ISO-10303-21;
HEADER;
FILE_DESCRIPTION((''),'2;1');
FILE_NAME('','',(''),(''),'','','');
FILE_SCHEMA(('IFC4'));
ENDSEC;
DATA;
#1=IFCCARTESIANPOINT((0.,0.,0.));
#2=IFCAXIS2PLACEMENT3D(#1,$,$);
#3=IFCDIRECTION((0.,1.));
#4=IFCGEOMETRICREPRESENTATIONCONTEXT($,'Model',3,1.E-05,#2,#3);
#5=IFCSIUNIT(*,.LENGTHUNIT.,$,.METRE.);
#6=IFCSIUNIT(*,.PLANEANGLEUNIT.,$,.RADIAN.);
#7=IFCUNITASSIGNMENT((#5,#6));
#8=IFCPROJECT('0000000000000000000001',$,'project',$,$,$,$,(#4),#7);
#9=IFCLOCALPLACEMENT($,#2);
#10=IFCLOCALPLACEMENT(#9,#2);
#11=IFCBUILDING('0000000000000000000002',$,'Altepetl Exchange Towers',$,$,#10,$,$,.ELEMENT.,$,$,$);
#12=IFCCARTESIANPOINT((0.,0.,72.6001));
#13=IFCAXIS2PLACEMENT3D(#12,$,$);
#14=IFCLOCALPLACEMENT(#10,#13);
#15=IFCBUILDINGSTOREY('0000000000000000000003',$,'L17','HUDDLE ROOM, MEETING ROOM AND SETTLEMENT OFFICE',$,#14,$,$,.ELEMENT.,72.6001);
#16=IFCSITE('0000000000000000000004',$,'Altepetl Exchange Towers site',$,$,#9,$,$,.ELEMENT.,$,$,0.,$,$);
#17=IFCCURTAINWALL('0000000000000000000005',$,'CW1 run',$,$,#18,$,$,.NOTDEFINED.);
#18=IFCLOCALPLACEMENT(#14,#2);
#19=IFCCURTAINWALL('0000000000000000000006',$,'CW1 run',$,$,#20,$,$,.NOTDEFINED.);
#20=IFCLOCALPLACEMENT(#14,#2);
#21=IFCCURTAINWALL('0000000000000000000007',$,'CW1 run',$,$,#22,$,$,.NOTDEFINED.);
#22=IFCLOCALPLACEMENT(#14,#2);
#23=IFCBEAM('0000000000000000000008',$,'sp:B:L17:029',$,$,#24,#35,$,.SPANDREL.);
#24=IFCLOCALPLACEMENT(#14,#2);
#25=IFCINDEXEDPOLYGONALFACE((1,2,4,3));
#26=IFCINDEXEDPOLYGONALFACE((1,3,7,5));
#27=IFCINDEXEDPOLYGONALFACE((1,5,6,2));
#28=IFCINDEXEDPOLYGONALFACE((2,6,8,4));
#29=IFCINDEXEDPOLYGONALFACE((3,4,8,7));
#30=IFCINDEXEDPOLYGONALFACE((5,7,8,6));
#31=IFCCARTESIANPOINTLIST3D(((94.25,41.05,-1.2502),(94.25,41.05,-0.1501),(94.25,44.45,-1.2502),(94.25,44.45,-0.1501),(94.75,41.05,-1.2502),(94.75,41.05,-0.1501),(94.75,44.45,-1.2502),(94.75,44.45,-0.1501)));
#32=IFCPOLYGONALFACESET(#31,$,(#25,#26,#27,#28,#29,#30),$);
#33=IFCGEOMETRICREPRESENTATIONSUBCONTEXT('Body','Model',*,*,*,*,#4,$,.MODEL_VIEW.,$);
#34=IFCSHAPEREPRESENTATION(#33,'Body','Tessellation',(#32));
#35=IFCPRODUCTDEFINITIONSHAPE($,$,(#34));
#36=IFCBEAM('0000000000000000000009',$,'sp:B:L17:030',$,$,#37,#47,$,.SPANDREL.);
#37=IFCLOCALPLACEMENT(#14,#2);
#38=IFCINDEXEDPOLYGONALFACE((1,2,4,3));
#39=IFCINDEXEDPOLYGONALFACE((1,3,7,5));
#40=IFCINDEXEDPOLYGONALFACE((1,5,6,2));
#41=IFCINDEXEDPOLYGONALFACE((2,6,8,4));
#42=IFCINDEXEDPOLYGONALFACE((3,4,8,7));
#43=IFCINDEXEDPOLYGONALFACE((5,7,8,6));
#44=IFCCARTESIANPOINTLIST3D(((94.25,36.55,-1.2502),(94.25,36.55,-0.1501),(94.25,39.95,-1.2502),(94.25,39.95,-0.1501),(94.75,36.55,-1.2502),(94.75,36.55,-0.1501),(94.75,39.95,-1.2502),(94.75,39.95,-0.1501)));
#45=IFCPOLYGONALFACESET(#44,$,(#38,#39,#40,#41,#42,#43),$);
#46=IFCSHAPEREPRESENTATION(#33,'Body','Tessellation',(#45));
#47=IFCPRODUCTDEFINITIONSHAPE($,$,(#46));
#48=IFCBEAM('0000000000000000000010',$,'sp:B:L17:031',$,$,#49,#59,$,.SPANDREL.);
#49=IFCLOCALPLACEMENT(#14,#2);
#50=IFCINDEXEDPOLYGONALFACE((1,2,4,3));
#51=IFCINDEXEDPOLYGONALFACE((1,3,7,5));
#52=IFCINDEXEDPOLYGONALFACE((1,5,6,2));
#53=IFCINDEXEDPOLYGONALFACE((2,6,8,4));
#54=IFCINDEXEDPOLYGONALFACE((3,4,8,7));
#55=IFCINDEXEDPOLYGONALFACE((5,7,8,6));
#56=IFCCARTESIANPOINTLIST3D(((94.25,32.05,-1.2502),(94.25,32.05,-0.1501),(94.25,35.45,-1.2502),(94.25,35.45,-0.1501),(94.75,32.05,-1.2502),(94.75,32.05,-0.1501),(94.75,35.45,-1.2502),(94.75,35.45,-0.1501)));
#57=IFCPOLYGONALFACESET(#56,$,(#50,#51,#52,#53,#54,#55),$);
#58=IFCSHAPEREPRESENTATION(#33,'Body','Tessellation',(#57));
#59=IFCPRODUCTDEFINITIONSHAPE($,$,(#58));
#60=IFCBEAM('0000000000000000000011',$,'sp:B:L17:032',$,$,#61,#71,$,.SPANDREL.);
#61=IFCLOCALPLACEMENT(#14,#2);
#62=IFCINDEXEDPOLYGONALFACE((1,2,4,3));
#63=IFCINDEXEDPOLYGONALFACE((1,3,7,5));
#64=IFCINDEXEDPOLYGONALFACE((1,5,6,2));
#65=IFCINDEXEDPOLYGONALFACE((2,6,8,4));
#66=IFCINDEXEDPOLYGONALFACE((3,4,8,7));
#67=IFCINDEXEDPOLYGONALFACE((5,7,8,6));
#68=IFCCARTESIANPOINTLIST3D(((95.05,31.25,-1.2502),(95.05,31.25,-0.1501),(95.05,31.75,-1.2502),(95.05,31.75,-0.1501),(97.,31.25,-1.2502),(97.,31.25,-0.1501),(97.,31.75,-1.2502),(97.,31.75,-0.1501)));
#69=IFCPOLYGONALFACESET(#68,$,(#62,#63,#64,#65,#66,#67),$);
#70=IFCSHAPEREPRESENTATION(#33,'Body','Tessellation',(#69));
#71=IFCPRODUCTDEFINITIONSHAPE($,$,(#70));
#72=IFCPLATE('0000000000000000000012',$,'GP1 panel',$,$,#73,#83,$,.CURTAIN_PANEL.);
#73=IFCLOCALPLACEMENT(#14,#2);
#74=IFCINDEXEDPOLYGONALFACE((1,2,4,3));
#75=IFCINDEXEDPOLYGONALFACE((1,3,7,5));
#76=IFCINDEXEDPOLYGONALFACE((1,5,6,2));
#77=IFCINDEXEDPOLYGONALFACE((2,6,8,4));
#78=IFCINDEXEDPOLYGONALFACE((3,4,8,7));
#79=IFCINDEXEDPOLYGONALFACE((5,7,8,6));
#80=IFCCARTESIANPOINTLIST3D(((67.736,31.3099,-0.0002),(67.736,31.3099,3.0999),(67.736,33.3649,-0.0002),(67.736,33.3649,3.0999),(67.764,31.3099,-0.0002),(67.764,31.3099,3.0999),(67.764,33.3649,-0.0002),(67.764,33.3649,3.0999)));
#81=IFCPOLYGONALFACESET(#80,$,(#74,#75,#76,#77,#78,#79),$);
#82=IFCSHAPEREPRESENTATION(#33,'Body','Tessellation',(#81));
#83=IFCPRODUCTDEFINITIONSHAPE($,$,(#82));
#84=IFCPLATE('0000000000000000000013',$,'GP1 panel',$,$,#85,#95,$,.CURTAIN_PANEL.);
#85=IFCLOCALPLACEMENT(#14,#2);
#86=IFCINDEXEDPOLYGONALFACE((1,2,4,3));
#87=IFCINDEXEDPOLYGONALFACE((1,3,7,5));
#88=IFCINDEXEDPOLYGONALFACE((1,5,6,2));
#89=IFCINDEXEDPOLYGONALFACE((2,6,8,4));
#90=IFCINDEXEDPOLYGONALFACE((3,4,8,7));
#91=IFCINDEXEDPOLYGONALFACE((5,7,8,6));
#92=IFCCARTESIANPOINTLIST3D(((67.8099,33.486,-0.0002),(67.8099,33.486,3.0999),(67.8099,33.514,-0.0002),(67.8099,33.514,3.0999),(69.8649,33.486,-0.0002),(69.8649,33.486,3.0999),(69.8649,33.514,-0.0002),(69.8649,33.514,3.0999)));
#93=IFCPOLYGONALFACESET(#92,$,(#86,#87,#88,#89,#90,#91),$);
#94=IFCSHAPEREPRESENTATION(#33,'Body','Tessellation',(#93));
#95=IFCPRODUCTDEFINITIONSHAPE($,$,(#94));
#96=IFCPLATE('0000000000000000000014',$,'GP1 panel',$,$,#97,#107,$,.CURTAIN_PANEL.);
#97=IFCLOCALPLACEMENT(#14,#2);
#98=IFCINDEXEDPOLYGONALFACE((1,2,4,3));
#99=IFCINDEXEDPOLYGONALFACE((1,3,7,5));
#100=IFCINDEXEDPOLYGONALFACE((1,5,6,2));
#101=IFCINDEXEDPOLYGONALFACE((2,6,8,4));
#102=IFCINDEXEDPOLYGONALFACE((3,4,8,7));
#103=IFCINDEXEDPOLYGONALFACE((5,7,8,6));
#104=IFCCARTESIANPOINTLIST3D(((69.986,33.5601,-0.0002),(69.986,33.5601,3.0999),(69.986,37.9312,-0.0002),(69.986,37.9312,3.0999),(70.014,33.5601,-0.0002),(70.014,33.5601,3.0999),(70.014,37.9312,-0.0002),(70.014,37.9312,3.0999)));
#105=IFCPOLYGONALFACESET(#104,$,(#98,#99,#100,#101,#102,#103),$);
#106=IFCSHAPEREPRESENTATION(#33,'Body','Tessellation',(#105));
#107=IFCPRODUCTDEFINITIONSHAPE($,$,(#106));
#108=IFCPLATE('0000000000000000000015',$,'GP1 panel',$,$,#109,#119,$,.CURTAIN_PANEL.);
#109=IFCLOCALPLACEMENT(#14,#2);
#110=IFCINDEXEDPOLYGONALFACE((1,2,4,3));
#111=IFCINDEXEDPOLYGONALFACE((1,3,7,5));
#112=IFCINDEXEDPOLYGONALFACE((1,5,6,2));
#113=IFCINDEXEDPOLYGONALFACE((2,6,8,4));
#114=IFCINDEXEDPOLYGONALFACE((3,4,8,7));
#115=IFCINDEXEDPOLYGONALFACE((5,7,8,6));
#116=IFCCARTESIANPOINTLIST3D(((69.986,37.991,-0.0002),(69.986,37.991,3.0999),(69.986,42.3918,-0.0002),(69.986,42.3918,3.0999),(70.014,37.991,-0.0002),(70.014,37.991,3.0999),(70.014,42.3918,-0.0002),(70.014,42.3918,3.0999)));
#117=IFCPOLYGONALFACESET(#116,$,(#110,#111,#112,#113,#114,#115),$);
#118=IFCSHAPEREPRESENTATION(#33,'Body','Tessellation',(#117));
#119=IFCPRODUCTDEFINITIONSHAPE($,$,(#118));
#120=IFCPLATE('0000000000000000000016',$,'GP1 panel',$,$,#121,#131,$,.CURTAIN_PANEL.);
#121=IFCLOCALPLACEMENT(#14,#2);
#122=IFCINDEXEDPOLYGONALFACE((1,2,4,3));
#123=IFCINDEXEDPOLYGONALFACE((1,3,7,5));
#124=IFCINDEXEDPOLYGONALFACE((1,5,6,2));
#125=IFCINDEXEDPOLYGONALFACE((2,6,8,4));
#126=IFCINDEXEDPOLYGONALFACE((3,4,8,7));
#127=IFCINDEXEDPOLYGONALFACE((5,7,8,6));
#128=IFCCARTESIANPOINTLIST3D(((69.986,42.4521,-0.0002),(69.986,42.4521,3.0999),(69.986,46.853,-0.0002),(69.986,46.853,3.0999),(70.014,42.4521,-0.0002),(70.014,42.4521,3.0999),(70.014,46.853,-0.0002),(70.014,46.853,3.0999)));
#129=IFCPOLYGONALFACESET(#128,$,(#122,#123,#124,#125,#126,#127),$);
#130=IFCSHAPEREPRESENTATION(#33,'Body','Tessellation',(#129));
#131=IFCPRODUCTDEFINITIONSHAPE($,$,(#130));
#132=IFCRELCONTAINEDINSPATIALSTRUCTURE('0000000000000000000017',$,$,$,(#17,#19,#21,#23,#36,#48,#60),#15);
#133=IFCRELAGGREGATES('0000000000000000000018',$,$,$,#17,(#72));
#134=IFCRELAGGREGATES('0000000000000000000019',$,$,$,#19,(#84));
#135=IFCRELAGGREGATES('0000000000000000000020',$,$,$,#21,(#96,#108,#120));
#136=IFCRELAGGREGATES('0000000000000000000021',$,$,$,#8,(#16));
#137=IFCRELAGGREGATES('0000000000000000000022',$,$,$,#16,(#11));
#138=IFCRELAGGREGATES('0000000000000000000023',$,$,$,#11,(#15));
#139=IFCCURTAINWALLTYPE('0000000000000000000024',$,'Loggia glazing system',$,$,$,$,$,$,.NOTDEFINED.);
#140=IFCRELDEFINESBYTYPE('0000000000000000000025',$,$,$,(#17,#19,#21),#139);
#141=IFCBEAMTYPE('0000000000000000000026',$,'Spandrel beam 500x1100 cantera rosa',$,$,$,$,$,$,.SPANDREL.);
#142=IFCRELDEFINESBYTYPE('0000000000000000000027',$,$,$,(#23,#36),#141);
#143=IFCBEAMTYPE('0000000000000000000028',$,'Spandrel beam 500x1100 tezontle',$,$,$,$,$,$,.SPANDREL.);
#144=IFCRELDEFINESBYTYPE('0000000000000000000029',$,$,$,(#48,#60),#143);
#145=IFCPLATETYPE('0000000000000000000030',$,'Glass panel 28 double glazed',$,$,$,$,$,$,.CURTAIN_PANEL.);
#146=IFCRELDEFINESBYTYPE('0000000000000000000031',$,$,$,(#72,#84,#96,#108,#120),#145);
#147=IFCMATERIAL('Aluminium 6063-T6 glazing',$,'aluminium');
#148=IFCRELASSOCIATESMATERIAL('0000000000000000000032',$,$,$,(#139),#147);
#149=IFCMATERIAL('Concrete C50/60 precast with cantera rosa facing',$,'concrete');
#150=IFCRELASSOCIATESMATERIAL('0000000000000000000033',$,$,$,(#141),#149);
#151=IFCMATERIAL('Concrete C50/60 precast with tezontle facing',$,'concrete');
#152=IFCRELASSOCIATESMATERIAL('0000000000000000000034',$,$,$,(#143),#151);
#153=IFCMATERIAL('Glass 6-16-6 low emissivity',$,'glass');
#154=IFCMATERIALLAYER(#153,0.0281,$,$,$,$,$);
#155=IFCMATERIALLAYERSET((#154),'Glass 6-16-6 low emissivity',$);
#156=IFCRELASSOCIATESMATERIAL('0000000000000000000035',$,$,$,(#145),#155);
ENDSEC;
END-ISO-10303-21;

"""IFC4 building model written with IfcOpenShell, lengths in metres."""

from ifc_helpers import new_model, si_unit, direction, frame, origin, origin_2d, place, context, subcontext, project, spatial, rectangle, extrude, material, layer, layer_set, material_profile, profile_set, type_object, element, aggregate, save


model = new_model("IFC4")

# Units and contexts
model_context = context("Model", 3, precision=1e-05, world=origin(), true_north=direction((0.0, 1.0)))
body_context = subcontext(model_context, "Body", "Model", "MODEL_VIEW")
ifc_project = project(units=[si_unit("LENGTHUNIT", "METRE"), si_unit("PLANEANGLEUNIT", "RADIAN")], contexts=[model_context])

# Site, building, storey
site_placement = place(None, origin())
site = spatial("IfcSite", under=ifc_project, at=site_placement, Name="Altepetl Exchange Towers site", CompositionType="ELEMENT", RefElevation=0.0)
building_placement = place(site_placement, origin())
building = spatial("IfcBuilding", under=site, at=building_placement, Name="Altepetl Exchange Towers", CompositionType="ELEMENT")
storey_placement = place(building_placement, frame((0.0, 0.0, 72.6001)))
storey = spatial("IfcBuildingStorey", under=building, at=storey_placement, Name="L17", Description="HUDDLE ROOM, MEETING ROOM AND SETTLEMENT OFFICE", CompositionType="ELEMENT", Elevation=72.6001)

# Shared definitions
ifc_material_1 = material(Name="Aluminium 6063-T6 glazing", Category="aluminium")
curtain_wall_type = type_object("IfcCurtainWallType", Name="Loggia glazing system", PredefinedType="NOTDEFINED", material=ifc_material_1)

# Curtain walls
curtain_wall_1_placement = place(storey_placement, origin())
curtain_wall_1 = element("IfcCurtainWall", 1, at=curtain_wall_1_placement, inside=storey, type_object=curtain_wall_type, Name="CW1 run", PredefinedType="NOTDEFINED")
curtain_wall_2_placement = place(storey_placement, origin())
curtain_wall_2 = element("IfcCurtainWall", 2, at=curtain_wall_2_placement, inside=storey, type_object=curtain_wall_type, Name="CW1 run", PredefinedType="NOTDEFINED")
curtain_wall_3_placement = place(storey_placement, origin())
curtain_wall_3 = element("IfcCurtainWall", 3, at=curtain_wall_3_placement, inside=storey, type_object=curtain_wall_type, Name="CW1 run", PredefinedType="NOTDEFINED")

# Beams
ifc_material_2 = material(Name="Concrete C50/60 precast with cantera rosa facing", Category="concrete")
ifc_material_profile_1 = material_profile(ifc_material_2, rectangle(XDim=0.5, YDim=1.1001, at=origin_2d()), Name="500 x 1100")
ifc_profile_set_1 = profile_set([ifc_material_profile_1], Name="Concrete C50/60 precast with cantera rosa facing")
beam_type_1 = type_object("IfcBeamType", Name="Spandrel beam 500x1100 cantera rosa", PredefinedType="SPANDREL", material=ifc_profile_set_1)
for number, where, z_axis, x_axis, name in (
    (4, (94.5, 44.45, -0.7002), (0.0, -1.0, 0.0), (1.0, 0.0, 0.0), "sp:B:L17:029"),
    (5, (94.5, 39.95, -0.7002), (0.0, -1.0, 0.0), (1.0, 0.0, 0.0), "sp:B:L17:030"),
):
    element("IfcBeam", number, at=place(storey_placement, frame(where, z_axis=z_axis, x_axis=x_axis)), inside=storey, type_object=beam_type_1, Name=name, PredefinedType="SPANDREL", context=body_context, shape_type="SweptSolid", body=[
        extrude(rectangle(XDim=0.5, YDim=1.1001, at=origin_2d()), origin(), (0.0, 0.0, 1.0), 3.3999),
    ])
ifc_material_3 = material(Name="Concrete C50/60 precast with tezontle facing", Category="concrete")
ifc_material_profile_2 = material_profile(ifc_material_3, rectangle(XDim=0.5, YDim=1.1001, at=origin_2d()), Name="500 x 1100")
ifc_profile_set_2 = profile_set([ifc_material_profile_2], Name="Concrete C50/60 precast with tezontle facing")
beam_type_2 = type_object("IfcBeamType", Name="Spandrel beam 500x1100 tezontle", PredefinedType="SPANDREL", material=ifc_profile_set_2)
beam_1_placement = place(storey_placement, frame((94.5, 35.45, -0.7002), z_axis=(0.0, -1.0, 0.0), x_axis=(1.0, 0.0, 0.0)))
element("IfcBeam", 6, at=beam_1_placement, inside=storey, type_object=beam_type_2, Name="sp:B:L17:031", PredefinedType="SPANDREL", context=body_context, shape_type="SweptSolid", body=[
    extrude(rectangle(XDim=0.5, YDim=1.1001, at=origin_2d()), origin(), (0.0, 0.0, 1.0), 3.3999),
])
beam_2_placement = place(storey_placement, frame((95.05, 31.5, -0.7002), z_axis=(1.0, 0.0, 0.0), x_axis=(0.0, 1.0, 0.0)))
element("IfcBeam", 7, at=beam_2_placement, inside=storey, type_object=beam_type_2, Name="sp:B:L17:032", PredefinedType="SPANDREL", context=body_context, shape_type="SweptSolid", body=[
    extrude(rectangle(XDim=0.5, YDim=1.1001, at=origin_2d()), origin(), (0.0, 0.0, 1.0), 1.95),
])

# Plates
ifc_material_4 = material(Name="Glass 6-16-6 low emissivity", Category="glass")
ifc_layer = layer(ifc_material_4, 0.0281)
ifc_layer_set = layer_set([ifc_layer], Name="Glass 6-16-6 low emissivity")
plate_type = type_object("IfcPlateType", Name="Glass panel 28 double glazed", PredefinedType="CURTAIN_PANEL", material=ifc_layer_set)
plate_1_placement = place(storey_placement, frame((67.75, 32.3374, -0.0002), z_axis=(0.0, 0.0, 1.0), x_axis=(0.0, 1.0, 0.0)))
plate_1 = element("IfcPlate", 8, at=plate_1_placement, type_object=plate_type, Name="GP1 panel", PredefinedType="CURTAIN_PANEL", context=body_context, shape_type="SweptSolid", body=[
    extrude(rectangle(XDim=2.0549, YDim=0.0281, at=origin_2d()), origin(), (0.0, 0.0, 1.0), 3.1001),
])
aggregate(curtain_wall_1, [plate_1])
plate_2_placement = place(storey_placement, frame((68.8374, 33.5, -0.0002)))
plate_2 = element("IfcPlate", 9, at=plate_2_placement, type_object=plate_type, Name="GP1 panel", PredefinedType="CURTAIN_PANEL", context=body_context, shape_type="SweptSolid", body=[
    extrude(rectangle(XDim=2.0549, YDim=0.0281, at=origin_2d()), origin(), (0.0, 0.0, 1.0), 3.1001),
])
aggregate(curtain_wall_2, [plate_2])
plate_3_placement = place(storey_placement, frame((70.0, 35.7456, -0.0002), z_axis=(0.0, 0.0, 1.0), x_axis=(0.0, 1.0, 0.0)))
plate_3 = element("IfcPlate", 10, at=plate_3_placement, type_object=plate_type, Name="GP1 panel", PredefinedType="CURTAIN_PANEL", context=body_context, shape_type="SweptSolid", body=[
    extrude(rectangle(XDim=4.3711, YDim=0.0281, at=origin_2d()), origin(), (0.0, 0.0, 1.0), 3.1001),
])
plate_4_placement = place(storey_placement, frame((70.0, 40.1914, -0.0002), z_axis=(0.0, 0.0, 1.0), x_axis=(0.0, 1.0, 0.0)))
plate_4 = element("IfcPlate", 11, at=plate_4_placement, type_object=plate_type, Name="GP1 panel", PredefinedType="CURTAIN_PANEL", context=body_context, shape_type="SweptSolid", body=[
    extrude(rectangle(XDim=4.4009, YDim=0.0281, at=origin_2d()), origin(), (0.0, 0.0, 1.0), 3.1001),
])
plate_5_placement = place(storey_placement, frame((70.0, 44.6526, -0.0002), z_axis=(0.0, 0.0, 1.0), x_axis=(0.0, 1.0, 0.0)))
plate_5 = element("IfcPlate", 12, at=plate_5_placement, type_object=plate_type, Name="GP1 panel", PredefinedType="CURTAIN_PANEL", context=body_context, shape_type="SweptSolid", body=[
    extrude(rectangle(XDim=4.4009, YDim=0.0281, at=origin_2d()), origin(), (0.0, 0.0, 1.0), 3.1001),
])
aggregate(curtain_wall_3, [plate_3, plate_4, plate_5])

save(model, "model.ifc")
